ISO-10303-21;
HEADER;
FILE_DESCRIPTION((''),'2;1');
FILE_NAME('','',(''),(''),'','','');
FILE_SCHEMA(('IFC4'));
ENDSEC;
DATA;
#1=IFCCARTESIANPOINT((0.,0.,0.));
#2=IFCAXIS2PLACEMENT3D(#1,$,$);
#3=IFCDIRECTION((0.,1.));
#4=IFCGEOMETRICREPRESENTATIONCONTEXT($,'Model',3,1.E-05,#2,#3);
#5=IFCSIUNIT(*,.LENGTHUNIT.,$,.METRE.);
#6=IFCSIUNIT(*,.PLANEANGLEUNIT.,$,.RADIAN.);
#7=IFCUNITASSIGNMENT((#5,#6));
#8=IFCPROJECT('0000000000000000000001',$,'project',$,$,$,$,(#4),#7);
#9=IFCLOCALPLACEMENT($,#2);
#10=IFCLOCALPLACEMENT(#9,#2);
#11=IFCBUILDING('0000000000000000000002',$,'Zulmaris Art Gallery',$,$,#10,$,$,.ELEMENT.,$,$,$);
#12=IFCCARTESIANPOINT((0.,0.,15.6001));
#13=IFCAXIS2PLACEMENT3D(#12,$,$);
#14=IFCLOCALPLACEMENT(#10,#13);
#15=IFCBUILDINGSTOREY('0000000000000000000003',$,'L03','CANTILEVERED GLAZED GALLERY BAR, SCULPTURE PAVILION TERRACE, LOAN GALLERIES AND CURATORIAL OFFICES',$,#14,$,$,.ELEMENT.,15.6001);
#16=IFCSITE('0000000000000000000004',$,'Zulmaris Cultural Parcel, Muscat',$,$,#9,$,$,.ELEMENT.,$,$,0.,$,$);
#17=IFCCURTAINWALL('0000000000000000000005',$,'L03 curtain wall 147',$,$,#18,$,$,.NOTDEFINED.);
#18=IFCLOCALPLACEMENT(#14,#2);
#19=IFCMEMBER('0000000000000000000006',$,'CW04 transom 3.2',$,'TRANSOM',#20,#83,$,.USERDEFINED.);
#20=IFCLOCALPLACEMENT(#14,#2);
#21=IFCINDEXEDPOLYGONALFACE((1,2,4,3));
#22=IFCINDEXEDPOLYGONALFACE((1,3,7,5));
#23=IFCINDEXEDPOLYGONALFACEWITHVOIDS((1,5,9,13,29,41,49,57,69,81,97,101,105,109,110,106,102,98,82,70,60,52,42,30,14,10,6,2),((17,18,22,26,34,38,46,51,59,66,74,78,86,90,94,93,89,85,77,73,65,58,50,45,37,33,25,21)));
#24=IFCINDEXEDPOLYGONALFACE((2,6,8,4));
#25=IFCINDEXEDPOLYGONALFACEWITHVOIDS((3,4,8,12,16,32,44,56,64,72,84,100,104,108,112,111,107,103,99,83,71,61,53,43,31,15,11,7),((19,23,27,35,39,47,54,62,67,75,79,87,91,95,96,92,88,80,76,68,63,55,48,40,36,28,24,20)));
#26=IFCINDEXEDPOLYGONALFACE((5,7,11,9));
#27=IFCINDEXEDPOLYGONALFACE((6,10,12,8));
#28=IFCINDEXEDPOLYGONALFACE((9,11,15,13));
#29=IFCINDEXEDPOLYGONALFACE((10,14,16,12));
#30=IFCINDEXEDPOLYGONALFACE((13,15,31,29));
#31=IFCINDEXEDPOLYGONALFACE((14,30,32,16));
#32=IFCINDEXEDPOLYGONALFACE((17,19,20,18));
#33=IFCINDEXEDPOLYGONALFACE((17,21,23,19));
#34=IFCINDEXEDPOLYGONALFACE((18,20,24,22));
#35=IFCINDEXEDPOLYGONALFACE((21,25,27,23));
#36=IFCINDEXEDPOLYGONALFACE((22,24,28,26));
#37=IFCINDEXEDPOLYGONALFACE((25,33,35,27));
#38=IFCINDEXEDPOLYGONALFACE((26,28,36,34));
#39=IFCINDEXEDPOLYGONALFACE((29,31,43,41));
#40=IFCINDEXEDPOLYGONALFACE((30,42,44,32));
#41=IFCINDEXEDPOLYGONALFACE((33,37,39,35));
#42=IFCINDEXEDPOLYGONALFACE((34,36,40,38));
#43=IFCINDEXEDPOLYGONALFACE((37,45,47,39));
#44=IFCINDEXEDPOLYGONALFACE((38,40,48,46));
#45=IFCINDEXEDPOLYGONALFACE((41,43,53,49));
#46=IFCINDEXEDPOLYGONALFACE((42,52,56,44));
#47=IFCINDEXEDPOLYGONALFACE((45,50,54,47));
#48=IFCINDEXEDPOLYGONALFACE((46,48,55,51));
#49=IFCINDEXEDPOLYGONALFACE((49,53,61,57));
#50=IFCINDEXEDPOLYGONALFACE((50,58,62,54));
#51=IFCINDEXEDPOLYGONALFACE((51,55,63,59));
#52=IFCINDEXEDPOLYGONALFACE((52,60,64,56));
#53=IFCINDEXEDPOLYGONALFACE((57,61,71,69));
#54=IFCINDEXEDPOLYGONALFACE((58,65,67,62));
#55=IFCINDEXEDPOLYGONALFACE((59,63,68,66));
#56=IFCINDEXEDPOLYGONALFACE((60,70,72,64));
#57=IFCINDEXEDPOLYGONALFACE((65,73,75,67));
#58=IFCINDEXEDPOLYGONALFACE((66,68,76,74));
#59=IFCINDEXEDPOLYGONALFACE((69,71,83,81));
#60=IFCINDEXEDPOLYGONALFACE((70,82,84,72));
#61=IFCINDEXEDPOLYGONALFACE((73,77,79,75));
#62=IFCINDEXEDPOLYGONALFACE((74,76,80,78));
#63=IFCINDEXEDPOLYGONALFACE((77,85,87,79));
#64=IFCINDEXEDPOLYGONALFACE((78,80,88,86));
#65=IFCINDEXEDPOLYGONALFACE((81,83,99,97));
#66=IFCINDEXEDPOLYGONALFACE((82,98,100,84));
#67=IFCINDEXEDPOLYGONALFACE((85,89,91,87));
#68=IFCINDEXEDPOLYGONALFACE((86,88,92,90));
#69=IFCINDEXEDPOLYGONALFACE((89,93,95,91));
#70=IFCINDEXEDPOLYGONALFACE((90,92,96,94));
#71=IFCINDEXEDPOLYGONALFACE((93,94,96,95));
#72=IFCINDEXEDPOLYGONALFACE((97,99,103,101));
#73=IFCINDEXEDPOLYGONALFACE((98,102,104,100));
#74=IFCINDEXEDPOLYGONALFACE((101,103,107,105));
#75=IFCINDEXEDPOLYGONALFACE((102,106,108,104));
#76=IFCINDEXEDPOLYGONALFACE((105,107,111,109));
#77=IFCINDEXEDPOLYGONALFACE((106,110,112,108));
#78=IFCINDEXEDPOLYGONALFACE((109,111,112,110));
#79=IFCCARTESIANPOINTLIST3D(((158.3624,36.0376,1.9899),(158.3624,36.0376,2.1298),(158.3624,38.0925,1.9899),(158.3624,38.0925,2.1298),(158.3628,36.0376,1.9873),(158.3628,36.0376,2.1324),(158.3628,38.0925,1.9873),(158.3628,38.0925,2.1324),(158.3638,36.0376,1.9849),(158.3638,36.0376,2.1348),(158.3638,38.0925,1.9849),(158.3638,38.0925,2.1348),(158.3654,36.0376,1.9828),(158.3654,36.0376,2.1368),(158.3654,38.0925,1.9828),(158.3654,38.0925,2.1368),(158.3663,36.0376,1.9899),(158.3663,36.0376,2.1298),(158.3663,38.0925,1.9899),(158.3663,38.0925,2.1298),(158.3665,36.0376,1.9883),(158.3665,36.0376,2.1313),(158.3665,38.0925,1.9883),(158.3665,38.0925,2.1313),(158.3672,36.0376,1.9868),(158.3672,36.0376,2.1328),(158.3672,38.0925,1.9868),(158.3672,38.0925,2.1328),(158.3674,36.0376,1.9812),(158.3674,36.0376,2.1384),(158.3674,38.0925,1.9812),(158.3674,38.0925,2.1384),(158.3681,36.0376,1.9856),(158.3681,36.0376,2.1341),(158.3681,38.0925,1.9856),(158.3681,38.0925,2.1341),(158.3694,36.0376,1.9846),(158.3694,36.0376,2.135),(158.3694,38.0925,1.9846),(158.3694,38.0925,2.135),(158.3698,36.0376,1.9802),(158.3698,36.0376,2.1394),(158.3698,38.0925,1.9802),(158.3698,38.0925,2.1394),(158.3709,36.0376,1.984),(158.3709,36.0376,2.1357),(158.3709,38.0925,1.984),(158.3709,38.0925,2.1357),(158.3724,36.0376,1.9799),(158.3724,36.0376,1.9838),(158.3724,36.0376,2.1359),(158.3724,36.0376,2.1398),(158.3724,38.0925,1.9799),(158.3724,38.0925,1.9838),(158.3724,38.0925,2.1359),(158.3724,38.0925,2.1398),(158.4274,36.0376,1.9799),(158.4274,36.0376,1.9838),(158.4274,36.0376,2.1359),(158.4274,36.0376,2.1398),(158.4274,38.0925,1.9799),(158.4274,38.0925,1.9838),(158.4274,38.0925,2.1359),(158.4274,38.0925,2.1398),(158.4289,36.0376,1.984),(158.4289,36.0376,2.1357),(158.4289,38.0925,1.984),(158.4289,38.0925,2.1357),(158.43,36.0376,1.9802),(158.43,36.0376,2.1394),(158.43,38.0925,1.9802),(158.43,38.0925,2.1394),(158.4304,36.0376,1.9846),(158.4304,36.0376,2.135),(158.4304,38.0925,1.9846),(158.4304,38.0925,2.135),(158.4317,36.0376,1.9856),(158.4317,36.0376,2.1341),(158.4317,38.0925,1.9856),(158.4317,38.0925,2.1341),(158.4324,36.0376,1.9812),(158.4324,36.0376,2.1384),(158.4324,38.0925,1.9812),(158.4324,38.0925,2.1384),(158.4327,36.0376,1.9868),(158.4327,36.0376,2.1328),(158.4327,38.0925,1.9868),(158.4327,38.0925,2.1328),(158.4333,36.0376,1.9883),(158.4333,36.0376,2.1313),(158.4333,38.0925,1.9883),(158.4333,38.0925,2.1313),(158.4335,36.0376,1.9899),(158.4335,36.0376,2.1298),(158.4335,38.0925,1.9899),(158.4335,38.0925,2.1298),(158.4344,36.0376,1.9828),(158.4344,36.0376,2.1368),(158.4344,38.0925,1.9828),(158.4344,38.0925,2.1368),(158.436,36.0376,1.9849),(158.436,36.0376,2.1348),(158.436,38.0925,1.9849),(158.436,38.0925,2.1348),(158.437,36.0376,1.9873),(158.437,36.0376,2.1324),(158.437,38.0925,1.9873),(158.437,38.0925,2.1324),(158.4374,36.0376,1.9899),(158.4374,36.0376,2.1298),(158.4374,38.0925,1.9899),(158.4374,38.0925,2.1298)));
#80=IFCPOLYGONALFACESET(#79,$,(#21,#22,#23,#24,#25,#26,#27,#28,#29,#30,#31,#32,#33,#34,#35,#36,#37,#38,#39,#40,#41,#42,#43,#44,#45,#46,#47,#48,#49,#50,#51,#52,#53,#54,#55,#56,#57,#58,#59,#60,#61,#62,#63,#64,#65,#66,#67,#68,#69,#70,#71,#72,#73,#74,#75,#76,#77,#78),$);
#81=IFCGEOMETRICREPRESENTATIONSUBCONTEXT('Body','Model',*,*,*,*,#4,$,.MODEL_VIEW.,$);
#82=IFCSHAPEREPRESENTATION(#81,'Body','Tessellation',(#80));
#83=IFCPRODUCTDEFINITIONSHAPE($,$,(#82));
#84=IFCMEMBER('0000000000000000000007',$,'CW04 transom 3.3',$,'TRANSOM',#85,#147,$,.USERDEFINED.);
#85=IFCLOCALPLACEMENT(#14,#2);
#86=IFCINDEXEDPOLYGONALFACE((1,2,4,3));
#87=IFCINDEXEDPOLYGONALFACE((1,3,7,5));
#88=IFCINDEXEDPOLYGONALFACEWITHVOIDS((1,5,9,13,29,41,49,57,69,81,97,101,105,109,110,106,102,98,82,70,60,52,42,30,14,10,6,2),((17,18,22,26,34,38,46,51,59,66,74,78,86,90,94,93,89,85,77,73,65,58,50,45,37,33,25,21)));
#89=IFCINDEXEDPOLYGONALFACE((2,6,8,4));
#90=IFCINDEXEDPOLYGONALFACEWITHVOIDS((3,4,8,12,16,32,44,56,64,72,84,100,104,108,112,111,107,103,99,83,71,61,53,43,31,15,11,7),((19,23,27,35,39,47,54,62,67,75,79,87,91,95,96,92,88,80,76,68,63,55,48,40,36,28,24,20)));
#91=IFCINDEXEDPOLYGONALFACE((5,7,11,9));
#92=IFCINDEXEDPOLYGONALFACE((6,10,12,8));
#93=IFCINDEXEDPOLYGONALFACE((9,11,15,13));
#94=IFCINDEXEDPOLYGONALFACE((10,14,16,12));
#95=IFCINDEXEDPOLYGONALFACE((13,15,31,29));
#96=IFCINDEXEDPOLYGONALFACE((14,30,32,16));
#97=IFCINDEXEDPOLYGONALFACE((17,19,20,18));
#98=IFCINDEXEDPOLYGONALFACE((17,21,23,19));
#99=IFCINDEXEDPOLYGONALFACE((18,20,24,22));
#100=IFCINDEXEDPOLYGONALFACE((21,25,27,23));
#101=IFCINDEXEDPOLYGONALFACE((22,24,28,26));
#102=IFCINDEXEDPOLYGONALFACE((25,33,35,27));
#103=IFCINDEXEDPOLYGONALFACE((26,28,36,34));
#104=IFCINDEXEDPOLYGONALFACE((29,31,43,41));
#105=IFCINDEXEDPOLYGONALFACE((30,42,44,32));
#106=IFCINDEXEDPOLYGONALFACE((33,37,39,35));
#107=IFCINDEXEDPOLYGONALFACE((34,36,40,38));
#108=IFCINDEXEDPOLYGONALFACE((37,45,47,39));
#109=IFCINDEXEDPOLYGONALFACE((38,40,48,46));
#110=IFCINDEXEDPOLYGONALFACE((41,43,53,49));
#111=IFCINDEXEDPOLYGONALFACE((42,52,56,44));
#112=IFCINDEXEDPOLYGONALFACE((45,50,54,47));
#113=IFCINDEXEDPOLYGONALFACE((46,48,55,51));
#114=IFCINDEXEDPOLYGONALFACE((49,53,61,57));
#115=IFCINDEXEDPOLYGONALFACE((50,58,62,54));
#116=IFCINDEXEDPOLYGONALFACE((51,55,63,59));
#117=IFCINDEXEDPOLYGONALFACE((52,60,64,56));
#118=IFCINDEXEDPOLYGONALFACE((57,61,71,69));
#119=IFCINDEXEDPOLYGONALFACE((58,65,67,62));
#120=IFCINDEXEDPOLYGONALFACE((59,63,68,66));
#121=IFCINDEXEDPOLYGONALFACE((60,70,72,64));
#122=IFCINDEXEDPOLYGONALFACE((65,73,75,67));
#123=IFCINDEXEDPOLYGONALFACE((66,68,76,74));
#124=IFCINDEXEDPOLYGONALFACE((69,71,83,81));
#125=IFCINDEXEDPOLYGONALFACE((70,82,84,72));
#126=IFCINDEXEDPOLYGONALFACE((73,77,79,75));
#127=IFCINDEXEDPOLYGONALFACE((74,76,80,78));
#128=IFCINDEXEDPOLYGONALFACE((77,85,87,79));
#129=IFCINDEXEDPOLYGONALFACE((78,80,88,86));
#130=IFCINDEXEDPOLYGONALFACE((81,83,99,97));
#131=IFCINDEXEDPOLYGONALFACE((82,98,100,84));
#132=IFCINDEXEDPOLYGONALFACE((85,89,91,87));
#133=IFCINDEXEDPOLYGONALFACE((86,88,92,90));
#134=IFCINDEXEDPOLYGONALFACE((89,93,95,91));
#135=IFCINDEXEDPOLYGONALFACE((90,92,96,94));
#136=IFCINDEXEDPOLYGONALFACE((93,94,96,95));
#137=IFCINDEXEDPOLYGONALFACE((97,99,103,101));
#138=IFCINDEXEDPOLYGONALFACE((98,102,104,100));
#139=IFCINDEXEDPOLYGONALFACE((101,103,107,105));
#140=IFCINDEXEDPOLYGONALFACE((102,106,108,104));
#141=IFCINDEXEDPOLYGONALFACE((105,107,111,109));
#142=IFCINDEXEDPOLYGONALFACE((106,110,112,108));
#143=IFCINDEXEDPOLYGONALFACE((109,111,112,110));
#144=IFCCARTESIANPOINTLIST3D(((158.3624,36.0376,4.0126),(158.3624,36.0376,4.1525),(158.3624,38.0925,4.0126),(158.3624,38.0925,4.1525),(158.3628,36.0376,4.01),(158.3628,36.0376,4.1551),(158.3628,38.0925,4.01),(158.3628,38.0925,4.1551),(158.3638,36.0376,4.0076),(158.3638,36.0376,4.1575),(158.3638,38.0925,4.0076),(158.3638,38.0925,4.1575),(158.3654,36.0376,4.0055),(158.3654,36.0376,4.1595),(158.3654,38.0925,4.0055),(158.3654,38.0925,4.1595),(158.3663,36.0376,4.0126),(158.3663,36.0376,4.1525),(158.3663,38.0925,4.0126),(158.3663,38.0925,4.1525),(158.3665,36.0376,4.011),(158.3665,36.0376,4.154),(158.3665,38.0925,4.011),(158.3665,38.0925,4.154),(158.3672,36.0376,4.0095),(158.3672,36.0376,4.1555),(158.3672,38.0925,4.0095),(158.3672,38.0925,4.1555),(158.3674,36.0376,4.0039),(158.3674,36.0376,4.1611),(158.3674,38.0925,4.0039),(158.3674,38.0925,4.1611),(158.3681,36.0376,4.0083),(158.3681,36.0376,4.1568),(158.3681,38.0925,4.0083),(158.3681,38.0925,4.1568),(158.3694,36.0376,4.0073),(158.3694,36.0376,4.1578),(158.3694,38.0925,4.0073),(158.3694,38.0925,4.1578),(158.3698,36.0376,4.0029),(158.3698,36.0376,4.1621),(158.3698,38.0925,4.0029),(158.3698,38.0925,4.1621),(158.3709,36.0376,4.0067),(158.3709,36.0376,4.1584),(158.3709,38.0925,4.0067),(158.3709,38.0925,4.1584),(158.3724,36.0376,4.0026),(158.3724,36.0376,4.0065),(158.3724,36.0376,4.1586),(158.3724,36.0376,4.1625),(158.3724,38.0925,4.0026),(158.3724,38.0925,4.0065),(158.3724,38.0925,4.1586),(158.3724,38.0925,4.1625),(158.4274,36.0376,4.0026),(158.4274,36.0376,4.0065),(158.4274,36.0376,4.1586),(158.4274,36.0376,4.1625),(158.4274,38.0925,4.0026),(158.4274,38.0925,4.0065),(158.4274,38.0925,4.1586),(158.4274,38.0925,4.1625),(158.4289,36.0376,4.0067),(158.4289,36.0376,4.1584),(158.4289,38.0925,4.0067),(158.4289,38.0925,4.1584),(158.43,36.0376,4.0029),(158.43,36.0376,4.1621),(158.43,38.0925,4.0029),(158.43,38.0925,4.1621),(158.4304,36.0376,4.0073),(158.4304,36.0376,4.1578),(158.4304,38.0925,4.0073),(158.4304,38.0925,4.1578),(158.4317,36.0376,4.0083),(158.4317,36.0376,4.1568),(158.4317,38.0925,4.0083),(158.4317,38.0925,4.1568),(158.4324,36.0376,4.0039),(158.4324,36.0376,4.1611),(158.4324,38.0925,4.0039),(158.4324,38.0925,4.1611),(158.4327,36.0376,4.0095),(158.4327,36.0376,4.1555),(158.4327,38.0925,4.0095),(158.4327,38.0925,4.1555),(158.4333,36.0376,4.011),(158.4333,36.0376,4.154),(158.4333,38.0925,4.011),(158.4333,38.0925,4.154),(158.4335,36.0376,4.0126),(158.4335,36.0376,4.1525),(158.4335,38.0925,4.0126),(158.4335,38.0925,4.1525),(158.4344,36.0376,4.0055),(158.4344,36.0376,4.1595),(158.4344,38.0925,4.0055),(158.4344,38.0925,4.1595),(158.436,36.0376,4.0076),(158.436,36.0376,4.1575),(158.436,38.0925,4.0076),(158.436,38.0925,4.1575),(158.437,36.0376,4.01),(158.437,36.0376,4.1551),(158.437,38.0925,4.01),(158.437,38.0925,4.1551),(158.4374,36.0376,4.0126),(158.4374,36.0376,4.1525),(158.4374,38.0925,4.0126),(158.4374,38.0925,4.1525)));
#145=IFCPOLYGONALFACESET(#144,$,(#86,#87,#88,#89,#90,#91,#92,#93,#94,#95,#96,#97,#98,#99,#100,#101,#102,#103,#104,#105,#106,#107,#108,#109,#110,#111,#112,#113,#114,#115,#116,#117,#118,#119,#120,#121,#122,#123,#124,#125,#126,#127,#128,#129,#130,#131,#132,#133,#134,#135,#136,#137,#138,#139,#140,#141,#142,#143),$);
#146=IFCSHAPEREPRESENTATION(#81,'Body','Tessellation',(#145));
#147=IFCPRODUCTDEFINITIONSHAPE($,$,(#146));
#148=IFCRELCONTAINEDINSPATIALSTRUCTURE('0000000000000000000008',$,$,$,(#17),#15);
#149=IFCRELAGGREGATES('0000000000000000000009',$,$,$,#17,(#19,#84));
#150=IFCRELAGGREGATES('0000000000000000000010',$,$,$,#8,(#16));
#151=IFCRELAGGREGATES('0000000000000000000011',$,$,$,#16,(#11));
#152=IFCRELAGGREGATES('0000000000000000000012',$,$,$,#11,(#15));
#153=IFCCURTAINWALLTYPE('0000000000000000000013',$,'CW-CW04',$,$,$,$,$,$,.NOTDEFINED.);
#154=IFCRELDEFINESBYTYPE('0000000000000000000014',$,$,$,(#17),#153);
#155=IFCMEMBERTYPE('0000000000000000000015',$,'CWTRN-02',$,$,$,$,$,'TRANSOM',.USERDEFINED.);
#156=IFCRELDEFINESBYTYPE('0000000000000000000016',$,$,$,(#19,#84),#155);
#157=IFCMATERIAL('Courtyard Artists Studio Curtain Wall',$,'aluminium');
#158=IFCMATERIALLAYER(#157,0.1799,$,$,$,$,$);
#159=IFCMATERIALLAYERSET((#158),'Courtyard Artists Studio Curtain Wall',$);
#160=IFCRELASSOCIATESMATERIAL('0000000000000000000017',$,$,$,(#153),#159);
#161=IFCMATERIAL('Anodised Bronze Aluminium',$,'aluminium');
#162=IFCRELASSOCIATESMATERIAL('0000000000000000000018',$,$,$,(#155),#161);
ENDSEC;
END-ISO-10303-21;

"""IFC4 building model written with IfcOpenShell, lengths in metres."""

from ifc_helpers import new_model, si_unit, direction, frame, origin, origin_2d, place, context, subcontext, project, spatial, hollow_rectangle, extrude, material, layer, layer_set, material_profile, profile_set, type_object, element, aggregate, save


model = new_model("IFC4")

# Units and contexts
model_context = context("Model", 3, precision=1e-05, world=origin(), true_north=direction((0.0, 1.0)))
body_context = subcontext(model_context, "Body", "Model", "MODEL_VIEW")
ifc_project = project(units=[si_unit("LENGTHUNIT", "METRE"), si_unit("PLANEANGLEUNIT", "RADIAN")], contexts=[model_context])

# Site, building, storey
site_placement = place(None, origin())
site = spatial("IfcSite", under=ifc_project, at=site_placement, Name="Zulmaris Cultural Parcel, Muscat", CompositionType="ELEMENT", RefElevation=0.0)
building_placement = place(site_placement, origin())
building = spatial("IfcBuilding", under=site, at=building_placement, Name="Zulmaris Art Gallery", CompositionType="ELEMENT")
storey_placement = place(building_placement, frame((0.0, 0.0, 15.6001)))
storey = spatial("IfcBuildingStorey", under=building, at=storey_placement, Name="L03", Description="CANTILEVERED GLAZED GALLERY BAR, SCULPTURE PAVILION TERRACE, LOAN GALLERIES AND CURATORIAL OFFICES", CompositionType="ELEMENT", Elevation=15.6001)

# Curtain wall
ifc_material_1 = material(Name="Courtyard Artists Studio Curtain Wall", Category="aluminium")
ifc_layer_1 = layer(ifc_material_1, 0.1799)
ifc_layer_set_1 = layer_set([ifc_layer_1], Name="Courtyard Artists Studio Curtain Wall")
curtain_wall_type = type_object("IfcCurtainWallType", Name="CW-CW04", PredefinedType="NOTDEFINED", material=ifc_layer_set_1)
curtain_wall_1_placement = place(storey_placement, origin())
curtain_wall_1 = element("IfcCurtainWall", 1, at=curtain_wall_1_placement, inside=storey, type_object=curtain_wall_type, Name="L03 curtain wall 147", PredefinedType="NOTDEFINED")
ifc_material_2 = material(Name="Anodised Bronze Aluminium", Category="aluminium")

# Members
ifc_material_profile_1 = material_profile(ifc_material_2, hollow_rectangle(XDim=0.075, YDim=0.1599, WallThickness=0.0039, InnerFilletRadius=0.0061, OuterFilletRadius=0.01, at=origin_2d()), Name="ALU 75x160x4")
ifc_profile_set_1 = profile_set([ifc_material_profile_1], Name="Anodised Bronze Aluminium")
member_type_1 = type_object("IfcMemberType", Name="CWTRN-02", ElementType="TRANSOM", PredefinedType="USERDEFINED", material=ifc_profile_set_1)
member_1_placement = place(storey_placement, frame((158.3999, 36.0376, 2.0598), z_axis=(0.0, 1.0, 0.0), x_axis=(-1.0, 0.0, 0.0)))
member_1 = element("IfcMember", 2, at=member_1_placement, type_object=member_type_1, Name="CW04 transom 3.2", ObjectType="TRANSOM", PredefinedType="USERDEFINED", context=body_context, shape_type="SweptSolid", body=[
    extrude(hollow_rectangle(XDim=0.075, YDim=0.1599, WallThickness=0.0039, InnerFilletRadius=0.0061, OuterFilletRadius=0.01, at=origin_2d()), origin(), (0.0, 0.0, 1.0), 2.0549),
])
member_2_placement = place(storey_placement, frame((158.3999, 36.0376, 4.0825), z_axis=(0.0, 1.0, 0.0), x_axis=(-1.0, 0.0, 0.0)))
member_2 = element("IfcMember", 3, at=member_2_placement, type_object=member_type_1, Name="CW04 transom 3.3", ObjectType="TRANSOM", PredefinedType="USERDEFINED", context=body_context, shape_type="SweptSolid", body=[
    extrude(hollow_rectangle(XDim=0.075, YDim=0.1599, WallThickness=0.0039, InnerFilletRadius=0.0061, OuterFilletRadius=0.01, at=origin_2d()), origin(), (0.0, 0.0, 1.0), 2.0549),
])

aggregate(curtain_wall_1, [member_1, member_2])

save(model, "model.ifc")
